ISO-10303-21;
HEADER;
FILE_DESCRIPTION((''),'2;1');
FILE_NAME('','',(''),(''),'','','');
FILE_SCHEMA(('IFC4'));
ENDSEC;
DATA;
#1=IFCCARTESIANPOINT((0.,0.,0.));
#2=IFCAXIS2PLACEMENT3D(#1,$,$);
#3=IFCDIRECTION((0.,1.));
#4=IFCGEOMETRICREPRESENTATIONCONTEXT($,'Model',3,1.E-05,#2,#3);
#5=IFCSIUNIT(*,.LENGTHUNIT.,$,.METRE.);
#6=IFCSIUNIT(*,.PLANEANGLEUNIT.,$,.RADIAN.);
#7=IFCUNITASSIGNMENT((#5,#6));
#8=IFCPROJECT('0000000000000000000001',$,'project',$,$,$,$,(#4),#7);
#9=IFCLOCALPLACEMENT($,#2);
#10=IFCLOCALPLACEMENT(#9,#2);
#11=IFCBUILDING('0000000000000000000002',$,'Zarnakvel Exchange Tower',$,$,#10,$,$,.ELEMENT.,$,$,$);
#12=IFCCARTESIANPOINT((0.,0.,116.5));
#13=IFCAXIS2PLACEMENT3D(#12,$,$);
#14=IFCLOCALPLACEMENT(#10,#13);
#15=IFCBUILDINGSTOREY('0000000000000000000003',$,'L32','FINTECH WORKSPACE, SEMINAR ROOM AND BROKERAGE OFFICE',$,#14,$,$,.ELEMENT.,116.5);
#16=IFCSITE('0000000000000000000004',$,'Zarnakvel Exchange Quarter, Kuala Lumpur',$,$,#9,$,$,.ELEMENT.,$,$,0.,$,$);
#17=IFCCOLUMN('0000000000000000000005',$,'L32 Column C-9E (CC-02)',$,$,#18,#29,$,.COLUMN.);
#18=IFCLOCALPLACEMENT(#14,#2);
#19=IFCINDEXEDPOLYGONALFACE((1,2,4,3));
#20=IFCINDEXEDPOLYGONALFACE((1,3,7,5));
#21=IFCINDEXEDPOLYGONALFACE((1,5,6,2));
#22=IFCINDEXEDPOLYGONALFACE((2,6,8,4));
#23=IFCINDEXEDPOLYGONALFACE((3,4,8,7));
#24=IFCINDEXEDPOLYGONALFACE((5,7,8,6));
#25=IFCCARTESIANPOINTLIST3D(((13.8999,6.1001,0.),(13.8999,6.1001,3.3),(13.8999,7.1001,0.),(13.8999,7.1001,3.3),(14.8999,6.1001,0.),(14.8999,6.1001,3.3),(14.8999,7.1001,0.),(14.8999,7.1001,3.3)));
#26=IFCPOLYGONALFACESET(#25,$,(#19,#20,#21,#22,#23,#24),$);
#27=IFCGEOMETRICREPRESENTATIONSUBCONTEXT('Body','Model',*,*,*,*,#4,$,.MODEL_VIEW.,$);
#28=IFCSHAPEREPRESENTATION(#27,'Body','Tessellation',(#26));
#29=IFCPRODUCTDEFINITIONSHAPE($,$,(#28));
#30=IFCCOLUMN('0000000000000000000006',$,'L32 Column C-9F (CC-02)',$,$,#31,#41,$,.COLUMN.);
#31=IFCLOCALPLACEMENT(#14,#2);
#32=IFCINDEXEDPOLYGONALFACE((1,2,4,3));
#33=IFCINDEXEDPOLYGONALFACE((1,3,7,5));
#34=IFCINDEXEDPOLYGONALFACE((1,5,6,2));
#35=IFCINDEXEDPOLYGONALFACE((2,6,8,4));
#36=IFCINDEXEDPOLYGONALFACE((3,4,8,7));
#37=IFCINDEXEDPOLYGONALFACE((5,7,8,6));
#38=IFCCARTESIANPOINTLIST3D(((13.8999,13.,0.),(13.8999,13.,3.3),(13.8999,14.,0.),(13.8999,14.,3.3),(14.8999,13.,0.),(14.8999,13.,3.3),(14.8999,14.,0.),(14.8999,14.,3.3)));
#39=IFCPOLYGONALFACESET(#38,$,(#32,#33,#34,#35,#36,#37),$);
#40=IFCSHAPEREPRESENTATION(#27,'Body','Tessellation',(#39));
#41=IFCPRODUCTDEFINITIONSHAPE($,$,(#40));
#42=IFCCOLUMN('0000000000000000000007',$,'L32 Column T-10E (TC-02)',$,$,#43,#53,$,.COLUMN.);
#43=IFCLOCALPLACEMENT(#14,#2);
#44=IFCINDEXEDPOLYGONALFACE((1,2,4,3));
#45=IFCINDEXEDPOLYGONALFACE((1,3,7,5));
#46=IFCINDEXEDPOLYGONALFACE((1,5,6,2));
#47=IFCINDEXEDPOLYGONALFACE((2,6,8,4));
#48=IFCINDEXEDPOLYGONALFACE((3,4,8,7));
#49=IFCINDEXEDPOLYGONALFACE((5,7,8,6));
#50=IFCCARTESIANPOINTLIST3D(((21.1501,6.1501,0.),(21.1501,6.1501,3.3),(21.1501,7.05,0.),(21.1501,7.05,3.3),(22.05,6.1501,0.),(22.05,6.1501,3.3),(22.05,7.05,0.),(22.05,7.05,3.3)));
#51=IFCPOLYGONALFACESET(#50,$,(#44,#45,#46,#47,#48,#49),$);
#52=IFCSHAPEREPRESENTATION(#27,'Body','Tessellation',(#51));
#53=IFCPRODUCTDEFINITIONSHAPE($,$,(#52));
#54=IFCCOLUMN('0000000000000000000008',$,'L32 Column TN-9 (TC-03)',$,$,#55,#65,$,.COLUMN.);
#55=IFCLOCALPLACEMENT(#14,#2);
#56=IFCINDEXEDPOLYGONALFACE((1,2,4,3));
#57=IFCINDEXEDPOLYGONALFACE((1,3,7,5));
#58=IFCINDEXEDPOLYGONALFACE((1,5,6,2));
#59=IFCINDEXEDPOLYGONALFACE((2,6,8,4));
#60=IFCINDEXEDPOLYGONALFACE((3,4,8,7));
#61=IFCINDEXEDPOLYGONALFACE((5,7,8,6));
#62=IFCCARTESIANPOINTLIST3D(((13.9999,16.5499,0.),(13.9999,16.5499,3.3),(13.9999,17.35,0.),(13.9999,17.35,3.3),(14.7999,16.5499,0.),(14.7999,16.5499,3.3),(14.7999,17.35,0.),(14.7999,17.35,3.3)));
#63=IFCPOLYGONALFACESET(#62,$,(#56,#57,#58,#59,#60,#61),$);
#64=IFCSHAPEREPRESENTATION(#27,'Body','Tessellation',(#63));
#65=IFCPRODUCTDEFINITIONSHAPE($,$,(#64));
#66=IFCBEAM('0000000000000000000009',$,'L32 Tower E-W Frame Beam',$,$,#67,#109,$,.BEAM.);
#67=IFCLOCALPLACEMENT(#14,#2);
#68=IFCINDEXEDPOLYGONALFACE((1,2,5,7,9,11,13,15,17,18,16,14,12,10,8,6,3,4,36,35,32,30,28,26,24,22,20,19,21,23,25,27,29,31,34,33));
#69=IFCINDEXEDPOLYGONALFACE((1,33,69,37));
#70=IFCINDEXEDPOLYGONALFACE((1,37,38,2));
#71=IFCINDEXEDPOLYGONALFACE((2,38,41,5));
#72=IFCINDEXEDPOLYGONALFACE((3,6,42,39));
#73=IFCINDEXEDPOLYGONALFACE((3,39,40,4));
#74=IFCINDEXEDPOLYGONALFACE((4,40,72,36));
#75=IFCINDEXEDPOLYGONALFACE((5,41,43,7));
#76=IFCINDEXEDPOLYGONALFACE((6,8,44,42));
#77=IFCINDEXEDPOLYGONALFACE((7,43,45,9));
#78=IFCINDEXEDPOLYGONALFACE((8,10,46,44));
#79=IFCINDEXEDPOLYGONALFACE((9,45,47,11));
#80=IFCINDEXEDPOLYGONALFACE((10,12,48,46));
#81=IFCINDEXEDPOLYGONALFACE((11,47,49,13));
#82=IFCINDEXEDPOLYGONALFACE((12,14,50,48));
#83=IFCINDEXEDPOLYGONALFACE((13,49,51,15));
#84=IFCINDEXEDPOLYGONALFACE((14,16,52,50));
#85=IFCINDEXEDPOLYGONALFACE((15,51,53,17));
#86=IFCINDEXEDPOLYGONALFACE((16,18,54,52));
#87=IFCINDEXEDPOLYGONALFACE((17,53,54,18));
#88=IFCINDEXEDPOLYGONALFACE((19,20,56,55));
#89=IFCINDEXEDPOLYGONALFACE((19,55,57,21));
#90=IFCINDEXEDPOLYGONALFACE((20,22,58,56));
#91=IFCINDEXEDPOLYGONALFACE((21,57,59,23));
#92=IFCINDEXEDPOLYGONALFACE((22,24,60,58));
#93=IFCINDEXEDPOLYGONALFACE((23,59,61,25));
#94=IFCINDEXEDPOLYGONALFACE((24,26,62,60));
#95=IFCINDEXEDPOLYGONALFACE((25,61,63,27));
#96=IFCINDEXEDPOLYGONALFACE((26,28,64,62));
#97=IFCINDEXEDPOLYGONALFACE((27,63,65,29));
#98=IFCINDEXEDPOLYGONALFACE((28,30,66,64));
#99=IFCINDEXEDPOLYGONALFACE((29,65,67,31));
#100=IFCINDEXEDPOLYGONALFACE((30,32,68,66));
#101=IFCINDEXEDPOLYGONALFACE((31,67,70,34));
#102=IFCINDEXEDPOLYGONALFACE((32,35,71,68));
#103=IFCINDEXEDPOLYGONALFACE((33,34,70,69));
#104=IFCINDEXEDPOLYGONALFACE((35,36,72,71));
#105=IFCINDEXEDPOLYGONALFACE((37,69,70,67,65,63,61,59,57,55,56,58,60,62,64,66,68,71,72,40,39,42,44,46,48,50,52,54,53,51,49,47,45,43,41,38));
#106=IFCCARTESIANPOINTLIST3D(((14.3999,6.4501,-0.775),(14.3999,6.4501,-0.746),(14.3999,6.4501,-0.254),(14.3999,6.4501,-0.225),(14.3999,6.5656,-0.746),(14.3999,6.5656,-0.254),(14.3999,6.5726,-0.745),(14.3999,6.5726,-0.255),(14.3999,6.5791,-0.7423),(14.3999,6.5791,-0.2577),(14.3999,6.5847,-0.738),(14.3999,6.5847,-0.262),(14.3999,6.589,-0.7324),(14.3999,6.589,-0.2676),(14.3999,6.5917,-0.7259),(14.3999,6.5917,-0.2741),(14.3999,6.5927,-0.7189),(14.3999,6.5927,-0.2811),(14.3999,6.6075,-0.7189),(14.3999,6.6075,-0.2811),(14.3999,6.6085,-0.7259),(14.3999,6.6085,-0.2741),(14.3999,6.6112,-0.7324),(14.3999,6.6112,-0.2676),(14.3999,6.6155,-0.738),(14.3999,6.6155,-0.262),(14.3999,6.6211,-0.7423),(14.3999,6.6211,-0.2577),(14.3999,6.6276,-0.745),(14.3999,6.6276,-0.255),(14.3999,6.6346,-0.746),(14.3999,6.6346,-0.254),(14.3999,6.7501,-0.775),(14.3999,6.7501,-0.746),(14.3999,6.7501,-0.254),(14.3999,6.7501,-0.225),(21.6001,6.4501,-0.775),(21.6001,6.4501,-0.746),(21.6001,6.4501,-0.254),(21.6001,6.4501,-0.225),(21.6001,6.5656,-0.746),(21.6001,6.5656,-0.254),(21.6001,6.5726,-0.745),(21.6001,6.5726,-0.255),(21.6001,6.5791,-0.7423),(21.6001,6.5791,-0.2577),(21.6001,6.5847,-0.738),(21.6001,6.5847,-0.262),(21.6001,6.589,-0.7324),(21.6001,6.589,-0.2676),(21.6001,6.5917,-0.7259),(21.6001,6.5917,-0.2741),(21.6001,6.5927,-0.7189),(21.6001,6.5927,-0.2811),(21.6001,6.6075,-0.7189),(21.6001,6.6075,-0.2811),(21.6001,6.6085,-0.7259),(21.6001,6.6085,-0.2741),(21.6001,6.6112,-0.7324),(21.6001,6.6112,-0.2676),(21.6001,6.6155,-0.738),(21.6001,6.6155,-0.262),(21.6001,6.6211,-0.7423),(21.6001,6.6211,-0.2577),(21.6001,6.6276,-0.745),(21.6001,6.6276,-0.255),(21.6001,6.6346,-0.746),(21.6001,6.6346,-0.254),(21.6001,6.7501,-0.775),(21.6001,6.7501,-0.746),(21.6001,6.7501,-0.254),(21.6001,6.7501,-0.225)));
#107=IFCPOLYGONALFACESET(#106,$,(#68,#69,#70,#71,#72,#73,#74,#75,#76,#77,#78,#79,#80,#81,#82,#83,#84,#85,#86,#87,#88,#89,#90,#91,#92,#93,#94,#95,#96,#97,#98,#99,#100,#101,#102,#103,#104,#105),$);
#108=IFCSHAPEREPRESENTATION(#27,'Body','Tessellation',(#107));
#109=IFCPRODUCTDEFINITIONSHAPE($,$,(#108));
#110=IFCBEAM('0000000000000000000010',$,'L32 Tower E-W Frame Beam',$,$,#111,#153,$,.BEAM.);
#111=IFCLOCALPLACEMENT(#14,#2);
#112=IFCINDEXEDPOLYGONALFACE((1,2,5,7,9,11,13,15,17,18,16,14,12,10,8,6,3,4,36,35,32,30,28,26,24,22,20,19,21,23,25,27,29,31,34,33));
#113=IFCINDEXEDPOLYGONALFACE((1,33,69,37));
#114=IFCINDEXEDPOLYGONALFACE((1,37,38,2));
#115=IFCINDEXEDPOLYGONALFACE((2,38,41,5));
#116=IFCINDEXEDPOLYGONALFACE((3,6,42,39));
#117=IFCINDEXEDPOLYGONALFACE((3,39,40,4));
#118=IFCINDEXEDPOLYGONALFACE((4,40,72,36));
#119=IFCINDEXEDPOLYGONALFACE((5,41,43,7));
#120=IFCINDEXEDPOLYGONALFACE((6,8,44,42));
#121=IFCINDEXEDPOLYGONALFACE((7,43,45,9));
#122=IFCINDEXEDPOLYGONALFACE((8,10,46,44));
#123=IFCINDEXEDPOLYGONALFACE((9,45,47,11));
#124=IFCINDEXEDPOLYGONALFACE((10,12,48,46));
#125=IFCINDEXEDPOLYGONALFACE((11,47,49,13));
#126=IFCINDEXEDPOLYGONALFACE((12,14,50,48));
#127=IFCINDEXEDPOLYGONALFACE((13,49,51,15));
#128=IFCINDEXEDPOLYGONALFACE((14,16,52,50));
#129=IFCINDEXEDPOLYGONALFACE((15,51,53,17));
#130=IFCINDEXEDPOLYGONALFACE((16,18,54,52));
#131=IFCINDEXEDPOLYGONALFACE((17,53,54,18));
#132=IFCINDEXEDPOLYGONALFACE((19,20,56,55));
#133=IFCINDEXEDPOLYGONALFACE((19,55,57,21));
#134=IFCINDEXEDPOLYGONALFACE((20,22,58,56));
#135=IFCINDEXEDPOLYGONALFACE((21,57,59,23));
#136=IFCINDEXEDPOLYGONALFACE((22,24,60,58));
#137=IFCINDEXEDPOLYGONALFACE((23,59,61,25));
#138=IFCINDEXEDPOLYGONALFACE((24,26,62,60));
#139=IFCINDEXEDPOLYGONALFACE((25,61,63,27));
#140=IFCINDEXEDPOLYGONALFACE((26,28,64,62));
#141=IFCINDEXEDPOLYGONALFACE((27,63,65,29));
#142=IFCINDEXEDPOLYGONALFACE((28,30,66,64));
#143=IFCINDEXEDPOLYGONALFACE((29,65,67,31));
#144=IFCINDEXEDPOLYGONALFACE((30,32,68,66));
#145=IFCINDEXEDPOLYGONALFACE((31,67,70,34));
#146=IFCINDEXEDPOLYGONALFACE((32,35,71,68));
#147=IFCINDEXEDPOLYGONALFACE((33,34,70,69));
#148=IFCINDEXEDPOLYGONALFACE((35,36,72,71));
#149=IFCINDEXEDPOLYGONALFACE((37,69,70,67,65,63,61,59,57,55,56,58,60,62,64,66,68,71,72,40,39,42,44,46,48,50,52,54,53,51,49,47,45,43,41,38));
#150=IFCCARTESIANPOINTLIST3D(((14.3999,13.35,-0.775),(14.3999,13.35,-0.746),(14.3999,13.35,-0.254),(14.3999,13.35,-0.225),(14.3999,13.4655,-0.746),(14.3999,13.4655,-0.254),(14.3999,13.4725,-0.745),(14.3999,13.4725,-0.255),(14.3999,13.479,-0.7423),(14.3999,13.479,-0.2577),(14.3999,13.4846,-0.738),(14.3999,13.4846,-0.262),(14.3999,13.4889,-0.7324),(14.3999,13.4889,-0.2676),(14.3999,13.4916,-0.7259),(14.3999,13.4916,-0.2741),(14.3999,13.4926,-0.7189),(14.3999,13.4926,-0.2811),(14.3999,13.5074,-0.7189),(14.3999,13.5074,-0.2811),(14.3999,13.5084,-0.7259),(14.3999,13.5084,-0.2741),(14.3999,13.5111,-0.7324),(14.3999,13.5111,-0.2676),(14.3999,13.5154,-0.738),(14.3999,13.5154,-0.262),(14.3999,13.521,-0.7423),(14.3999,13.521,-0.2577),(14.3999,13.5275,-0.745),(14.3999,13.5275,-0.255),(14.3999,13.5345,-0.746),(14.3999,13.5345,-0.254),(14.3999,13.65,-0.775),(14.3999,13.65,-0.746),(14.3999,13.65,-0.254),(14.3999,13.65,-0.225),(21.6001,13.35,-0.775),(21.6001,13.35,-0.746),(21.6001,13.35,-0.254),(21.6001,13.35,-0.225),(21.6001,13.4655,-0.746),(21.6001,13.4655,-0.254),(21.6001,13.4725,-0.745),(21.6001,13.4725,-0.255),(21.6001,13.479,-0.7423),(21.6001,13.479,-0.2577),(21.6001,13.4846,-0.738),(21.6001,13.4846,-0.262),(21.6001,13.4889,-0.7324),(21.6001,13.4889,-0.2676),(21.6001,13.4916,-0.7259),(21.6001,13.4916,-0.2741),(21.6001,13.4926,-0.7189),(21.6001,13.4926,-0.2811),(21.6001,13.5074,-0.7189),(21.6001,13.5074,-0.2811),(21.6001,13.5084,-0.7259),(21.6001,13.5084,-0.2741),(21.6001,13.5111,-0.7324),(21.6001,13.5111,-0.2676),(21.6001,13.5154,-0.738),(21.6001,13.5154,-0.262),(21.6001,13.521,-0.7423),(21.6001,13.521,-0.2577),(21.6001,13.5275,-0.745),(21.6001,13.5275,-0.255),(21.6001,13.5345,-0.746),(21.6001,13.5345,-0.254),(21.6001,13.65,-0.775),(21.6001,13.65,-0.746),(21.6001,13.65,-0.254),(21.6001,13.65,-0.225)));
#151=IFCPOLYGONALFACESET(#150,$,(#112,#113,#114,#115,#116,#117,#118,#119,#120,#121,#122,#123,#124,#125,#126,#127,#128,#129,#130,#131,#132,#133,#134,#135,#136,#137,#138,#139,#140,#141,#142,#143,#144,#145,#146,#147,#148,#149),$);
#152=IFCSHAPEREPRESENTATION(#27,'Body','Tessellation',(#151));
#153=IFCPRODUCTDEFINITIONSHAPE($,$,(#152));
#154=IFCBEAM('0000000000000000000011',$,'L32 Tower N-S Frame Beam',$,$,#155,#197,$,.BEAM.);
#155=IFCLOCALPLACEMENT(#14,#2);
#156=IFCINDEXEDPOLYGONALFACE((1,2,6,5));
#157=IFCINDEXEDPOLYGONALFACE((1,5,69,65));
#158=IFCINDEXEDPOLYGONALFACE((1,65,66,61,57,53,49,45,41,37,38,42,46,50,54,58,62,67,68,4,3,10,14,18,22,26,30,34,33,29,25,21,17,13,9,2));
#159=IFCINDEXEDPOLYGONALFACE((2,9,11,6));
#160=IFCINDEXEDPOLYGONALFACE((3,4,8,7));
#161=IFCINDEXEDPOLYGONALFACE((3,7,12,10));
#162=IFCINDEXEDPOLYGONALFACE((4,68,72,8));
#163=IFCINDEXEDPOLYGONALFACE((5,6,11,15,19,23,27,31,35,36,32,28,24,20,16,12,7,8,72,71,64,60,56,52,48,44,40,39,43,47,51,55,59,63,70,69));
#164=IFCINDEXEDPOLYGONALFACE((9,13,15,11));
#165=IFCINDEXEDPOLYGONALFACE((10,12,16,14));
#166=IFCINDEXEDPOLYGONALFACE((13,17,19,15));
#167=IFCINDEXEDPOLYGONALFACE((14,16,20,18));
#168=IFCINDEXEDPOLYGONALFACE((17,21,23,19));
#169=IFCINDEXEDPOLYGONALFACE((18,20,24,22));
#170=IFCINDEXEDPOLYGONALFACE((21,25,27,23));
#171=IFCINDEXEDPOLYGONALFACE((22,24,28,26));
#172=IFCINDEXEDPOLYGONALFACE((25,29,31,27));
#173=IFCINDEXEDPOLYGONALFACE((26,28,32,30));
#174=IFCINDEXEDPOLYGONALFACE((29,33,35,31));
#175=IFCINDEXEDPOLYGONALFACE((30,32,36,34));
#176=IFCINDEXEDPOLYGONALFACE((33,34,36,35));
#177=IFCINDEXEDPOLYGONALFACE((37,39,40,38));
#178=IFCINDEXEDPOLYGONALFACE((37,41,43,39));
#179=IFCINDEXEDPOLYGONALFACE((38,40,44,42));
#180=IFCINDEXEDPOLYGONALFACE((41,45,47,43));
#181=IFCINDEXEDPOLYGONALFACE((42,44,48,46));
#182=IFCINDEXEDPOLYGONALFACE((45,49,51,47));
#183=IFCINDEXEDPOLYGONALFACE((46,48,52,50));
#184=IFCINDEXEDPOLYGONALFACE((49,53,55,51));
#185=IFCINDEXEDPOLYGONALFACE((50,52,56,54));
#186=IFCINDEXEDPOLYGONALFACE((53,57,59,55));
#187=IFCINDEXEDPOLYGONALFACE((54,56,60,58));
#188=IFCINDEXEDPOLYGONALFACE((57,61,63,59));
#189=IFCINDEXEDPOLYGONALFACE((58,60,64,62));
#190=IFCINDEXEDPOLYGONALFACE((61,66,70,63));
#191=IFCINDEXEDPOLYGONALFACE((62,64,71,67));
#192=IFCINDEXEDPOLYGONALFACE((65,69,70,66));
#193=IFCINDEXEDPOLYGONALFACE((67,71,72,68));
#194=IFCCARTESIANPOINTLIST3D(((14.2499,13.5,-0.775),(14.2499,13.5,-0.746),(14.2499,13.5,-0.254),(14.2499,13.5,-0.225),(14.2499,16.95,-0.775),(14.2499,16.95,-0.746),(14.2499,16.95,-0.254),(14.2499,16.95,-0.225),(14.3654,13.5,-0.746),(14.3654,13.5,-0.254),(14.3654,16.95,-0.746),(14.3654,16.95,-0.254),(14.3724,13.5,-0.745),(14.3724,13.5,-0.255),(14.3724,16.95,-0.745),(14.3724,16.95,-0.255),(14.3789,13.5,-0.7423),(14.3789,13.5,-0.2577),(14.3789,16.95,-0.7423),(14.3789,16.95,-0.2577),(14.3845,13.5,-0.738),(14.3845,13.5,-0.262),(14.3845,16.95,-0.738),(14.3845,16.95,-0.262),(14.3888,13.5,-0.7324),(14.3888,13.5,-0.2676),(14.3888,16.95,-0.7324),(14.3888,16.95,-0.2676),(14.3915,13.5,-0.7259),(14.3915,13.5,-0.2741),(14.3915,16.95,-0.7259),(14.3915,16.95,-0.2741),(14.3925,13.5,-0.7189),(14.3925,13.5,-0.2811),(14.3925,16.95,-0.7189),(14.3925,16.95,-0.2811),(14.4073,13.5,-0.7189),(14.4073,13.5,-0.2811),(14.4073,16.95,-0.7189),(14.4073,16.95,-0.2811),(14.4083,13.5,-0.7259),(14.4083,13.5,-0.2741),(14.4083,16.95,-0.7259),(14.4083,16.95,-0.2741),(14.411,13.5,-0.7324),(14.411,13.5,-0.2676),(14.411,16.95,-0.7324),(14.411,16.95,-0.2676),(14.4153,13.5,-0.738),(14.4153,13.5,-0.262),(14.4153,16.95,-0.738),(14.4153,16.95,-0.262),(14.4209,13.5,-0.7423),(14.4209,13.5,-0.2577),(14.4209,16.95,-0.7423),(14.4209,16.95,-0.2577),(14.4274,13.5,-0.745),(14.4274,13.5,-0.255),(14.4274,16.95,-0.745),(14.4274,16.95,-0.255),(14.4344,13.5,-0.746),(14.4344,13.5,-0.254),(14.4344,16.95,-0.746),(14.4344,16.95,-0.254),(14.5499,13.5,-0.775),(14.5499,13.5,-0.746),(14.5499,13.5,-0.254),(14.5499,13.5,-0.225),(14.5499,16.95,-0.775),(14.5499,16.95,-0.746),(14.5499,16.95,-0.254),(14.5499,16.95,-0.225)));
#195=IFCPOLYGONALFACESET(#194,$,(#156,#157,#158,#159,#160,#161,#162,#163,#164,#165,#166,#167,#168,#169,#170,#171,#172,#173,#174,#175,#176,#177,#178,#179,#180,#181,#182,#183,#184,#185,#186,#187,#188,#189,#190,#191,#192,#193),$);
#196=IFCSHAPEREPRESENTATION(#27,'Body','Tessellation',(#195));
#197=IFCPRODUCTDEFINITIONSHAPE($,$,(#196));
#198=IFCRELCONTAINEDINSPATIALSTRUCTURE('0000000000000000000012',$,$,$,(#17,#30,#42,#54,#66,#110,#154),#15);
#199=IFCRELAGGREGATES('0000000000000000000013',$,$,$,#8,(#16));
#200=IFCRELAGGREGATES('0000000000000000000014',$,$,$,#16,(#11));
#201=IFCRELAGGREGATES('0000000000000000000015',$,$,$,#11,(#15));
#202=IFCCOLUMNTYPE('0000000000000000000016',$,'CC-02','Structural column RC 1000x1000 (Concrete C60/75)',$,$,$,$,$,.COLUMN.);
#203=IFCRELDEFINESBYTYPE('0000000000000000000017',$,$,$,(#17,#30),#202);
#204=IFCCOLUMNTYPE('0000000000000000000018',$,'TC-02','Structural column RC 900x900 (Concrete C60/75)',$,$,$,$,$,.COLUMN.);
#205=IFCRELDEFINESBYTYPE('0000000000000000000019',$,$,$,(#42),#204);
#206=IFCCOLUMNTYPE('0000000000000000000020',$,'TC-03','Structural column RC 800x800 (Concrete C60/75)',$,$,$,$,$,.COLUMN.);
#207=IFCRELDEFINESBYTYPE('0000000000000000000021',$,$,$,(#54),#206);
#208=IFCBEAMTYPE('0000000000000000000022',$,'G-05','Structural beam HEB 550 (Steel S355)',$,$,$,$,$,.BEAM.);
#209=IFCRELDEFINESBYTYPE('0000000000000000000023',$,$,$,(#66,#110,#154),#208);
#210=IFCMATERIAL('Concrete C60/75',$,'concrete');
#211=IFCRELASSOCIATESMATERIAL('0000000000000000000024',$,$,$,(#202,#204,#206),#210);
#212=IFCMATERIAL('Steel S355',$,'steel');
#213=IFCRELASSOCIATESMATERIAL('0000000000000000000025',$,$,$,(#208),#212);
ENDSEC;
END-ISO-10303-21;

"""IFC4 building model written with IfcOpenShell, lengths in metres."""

from ifc_helpers import new_model, si_unit, direction, frame, origin, origin_2d, place, context, subcontext, project, spatial, rectangle, i_section, extrude, material, material_profile, profile_set, type_object, element, save


model = new_model("IFC4")

# Units and contexts
model_context = context("Model", 3, precision=1e-05, world=origin(), true_north=direction((0.0, 1.0)))
body_context = subcontext(model_context, "Body", "Model", "MODEL_VIEW")
ifc_project = project(units=[si_unit("LENGTHUNIT", "METRE"), si_unit("PLANEANGLEUNIT", "RADIAN")], contexts=[model_context])

# Site, building, storey
site_placement = place(None, origin())
site = spatial("IfcSite", under=ifc_project, at=site_placement, Name="Zarnakvel Exchange Quarter, Kuala Lumpur", CompositionType="ELEMENT", RefElevation=0.0)
building_placement = place(site_placement, origin())
building = spatial("IfcBuilding", under=site, at=building_placement, Name="Zarnakvel Exchange Tower", CompositionType="ELEMENT")
storey_placement = place(building_placement, frame((0.0, 0.0, 116.5)))
storey = spatial("IfcBuildingStorey", under=building, at=storey_placement, Name="L32", Description="FINTECH WORKSPACE, SEMINAR ROOM AND BROKERAGE OFFICE", CompositionType="ELEMENT", Elevation=116.5)

# Columns
ifc_material_1 = material(Name="Concrete C60/75", Category="concrete")
ifc_material_profile_1 = material_profile(ifc_material_1, rectangle(XDim=1.0, YDim=1.0, at=origin_2d()))
ifc_profile_set_1 = profile_set([ifc_material_profile_1], Name="Concrete C60/75")
column_type_1 = type_object("IfcColumnType", Name="CC-02", Description="Structural column RC 1000x1000 (Concrete C60/75)", PredefinedType="COLUMN", material=ifc_profile_set_1)
for number, where, z_axis, x_axis, name in (
    (1, (14.3999, 6.6001, 0.0), (0.0, 0.0, 1.0), (1.0, 0.0, 0.0), "L32 Column C-9E (CC-02)"),
    (2, (14.3999, 13.5, 0.0), (0.0, 0.0, 1.0), (1.0, 0.0, 0.0), "L32 Column C-9F (CC-02)"),
):
    element("IfcColumn", number, at=place(storey_placement, frame(where, z_axis=z_axis, x_axis=x_axis)), inside=storey, type_object=column_type_1, Name=name, PredefinedType="COLUMN", context=body_context, shape_type="SweptSolid", body=[
        extrude(rectangle(XDim=1.0, YDim=1.0, at=origin_2d()), origin(), (0.0, 0.0, 1.0), 3.3),
    ])
ifc_material_profile_2 = material_profile(ifc_material_1, rectangle(XDim=0.8999, YDim=0.8999, at=origin_2d()))
ifc_profile_set_2 = profile_set([ifc_material_profile_2], Name="Concrete C60/75")
column_type_2 = type_object("IfcColumnType", Name="TC-02", Description="Structural column RC 900x900 (Concrete C60/75)", PredefinedType="COLUMN", material=ifc_profile_set_2)
column_1_placement = place(storey_placement, frame((21.6001, 6.6001, 0.0), z_axis=(0.0, 0.0, 1.0), x_axis=(1.0, 0.0, 0.0)))
element("IfcColumn", 3, at=column_1_placement, inside=storey, type_object=column_type_2, Name="L32 Column T-10E (TC-02)", PredefinedType="COLUMN", context=body_context, shape_type="SweptSolid", body=[
    extrude(rectangle(XDim=0.8999, YDim=0.8999, at=origin_2d()), origin(), (0.0, 0.0, 1.0), 3.3),
])
ifc_material_profile_3 = material_profile(ifc_material_1, rectangle(XDim=0.8, YDim=0.8, at=origin_2d()))
ifc_profile_set_3 = profile_set([ifc_material_profile_3], Name="Concrete C60/75")
column_type_3 = type_object("IfcColumnType", Name="TC-03", Description="Structural column RC 800x800 (Concrete C60/75)", PredefinedType="COLUMN", material=ifc_profile_set_3)
column_2_placement = place(storey_placement, frame((14.3999, 16.95, 0.0), z_axis=(0.0, 0.0, 1.0), x_axis=(1.0, 0.0, 0.0)))
element("IfcColumn", 4, at=column_2_placement, inside=storey, type_object=column_type_3, Name="L32 Column TN-9 (TC-03)", PredefinedType="COLUMN", context=body_context, shape_type="SweptSolid", body=[
    extrude(rectangle(XDim=0.8, YDim=0.8, at=origin_2d()), origin(), (0.0, 0.0, 1.0), 3.3),
])

# Beams
ifc_material_2 = material(Name="Steel S355", Category="steel")
ifc_material_profile_4 = material_profile(ifc_material_2, i_section(OverallWidth=0.3, OverallDepth=0.55, WebThickness=0.0149, FlangeThickness=0.0291, FilletRadius=0.0271, at=origin_2d()))
ifc_profile_set_4 = profile_set([ifc_material_profile_4], Name="Steel S355")
beam_type_1 = type_object("IfcBeamType", Name="G-05", Description="Structural beam HEB 550 (Steel S355)", PredefinedType="BEAM", material=ifc_profile_set_4)
for number, where, z_axis, x_axis, name in (
    (5, (14.3999, 6.6001, -0.5), (1.0, 0.0, 0.0), (0.0, 1.0, 0.0), "L32 Tower E-W Frame Beam"),
    (6, (14.3999, 13.5, -0.5), (1.0, 0.0, 0.0), (0.0, 1.0, 0.0), "L32 Tower E-W Frame Beam"),
):
    element("IfcBeam", number, at=place(storey_placement, frame(where, z_axis=z_axis, x_axis=x_axis)), inside=storey, type_object=beam_type_1, Name=name, PredefinedType="BEAM", context=body_context, shape_type="SweptSolid", body=[
        extrude(i_section(OverallWidth=0.3, OverallDepth=0.55, WebThickness=0.0149, FlangeThickness=0.0291, FilletRadius=0.0271, at=origin_2d()), origin(), (0.0, 0.0, 1.0), 7.2002),
    ])
beam_1_placement = place(storey_placement, frame((14.3999, 13.5, -0.5), z_axis=(0.0, 1.0, 0.0), x_axis=(-1.0, 0.0, 0.0)))
element("IfcBeam", 7, at=beam_1_placement, inside=storey, type_object=beam_type_1, Name="L32 Tower N-S Frame Beam", PredefinedType="BEAM", context=body_context, shape_type="SweptSolid", body=[
    extrude(i_section(OverallWidth=0.3, OverallDepth=0.55, WebThickness=0.0149, FlangeThickness=0.0291, FilletRadius=0.0271, at=origin_2d()), origin(), (0.0, 0.0, 1.0), 3.45),
])

save(model, "model.ifc")
